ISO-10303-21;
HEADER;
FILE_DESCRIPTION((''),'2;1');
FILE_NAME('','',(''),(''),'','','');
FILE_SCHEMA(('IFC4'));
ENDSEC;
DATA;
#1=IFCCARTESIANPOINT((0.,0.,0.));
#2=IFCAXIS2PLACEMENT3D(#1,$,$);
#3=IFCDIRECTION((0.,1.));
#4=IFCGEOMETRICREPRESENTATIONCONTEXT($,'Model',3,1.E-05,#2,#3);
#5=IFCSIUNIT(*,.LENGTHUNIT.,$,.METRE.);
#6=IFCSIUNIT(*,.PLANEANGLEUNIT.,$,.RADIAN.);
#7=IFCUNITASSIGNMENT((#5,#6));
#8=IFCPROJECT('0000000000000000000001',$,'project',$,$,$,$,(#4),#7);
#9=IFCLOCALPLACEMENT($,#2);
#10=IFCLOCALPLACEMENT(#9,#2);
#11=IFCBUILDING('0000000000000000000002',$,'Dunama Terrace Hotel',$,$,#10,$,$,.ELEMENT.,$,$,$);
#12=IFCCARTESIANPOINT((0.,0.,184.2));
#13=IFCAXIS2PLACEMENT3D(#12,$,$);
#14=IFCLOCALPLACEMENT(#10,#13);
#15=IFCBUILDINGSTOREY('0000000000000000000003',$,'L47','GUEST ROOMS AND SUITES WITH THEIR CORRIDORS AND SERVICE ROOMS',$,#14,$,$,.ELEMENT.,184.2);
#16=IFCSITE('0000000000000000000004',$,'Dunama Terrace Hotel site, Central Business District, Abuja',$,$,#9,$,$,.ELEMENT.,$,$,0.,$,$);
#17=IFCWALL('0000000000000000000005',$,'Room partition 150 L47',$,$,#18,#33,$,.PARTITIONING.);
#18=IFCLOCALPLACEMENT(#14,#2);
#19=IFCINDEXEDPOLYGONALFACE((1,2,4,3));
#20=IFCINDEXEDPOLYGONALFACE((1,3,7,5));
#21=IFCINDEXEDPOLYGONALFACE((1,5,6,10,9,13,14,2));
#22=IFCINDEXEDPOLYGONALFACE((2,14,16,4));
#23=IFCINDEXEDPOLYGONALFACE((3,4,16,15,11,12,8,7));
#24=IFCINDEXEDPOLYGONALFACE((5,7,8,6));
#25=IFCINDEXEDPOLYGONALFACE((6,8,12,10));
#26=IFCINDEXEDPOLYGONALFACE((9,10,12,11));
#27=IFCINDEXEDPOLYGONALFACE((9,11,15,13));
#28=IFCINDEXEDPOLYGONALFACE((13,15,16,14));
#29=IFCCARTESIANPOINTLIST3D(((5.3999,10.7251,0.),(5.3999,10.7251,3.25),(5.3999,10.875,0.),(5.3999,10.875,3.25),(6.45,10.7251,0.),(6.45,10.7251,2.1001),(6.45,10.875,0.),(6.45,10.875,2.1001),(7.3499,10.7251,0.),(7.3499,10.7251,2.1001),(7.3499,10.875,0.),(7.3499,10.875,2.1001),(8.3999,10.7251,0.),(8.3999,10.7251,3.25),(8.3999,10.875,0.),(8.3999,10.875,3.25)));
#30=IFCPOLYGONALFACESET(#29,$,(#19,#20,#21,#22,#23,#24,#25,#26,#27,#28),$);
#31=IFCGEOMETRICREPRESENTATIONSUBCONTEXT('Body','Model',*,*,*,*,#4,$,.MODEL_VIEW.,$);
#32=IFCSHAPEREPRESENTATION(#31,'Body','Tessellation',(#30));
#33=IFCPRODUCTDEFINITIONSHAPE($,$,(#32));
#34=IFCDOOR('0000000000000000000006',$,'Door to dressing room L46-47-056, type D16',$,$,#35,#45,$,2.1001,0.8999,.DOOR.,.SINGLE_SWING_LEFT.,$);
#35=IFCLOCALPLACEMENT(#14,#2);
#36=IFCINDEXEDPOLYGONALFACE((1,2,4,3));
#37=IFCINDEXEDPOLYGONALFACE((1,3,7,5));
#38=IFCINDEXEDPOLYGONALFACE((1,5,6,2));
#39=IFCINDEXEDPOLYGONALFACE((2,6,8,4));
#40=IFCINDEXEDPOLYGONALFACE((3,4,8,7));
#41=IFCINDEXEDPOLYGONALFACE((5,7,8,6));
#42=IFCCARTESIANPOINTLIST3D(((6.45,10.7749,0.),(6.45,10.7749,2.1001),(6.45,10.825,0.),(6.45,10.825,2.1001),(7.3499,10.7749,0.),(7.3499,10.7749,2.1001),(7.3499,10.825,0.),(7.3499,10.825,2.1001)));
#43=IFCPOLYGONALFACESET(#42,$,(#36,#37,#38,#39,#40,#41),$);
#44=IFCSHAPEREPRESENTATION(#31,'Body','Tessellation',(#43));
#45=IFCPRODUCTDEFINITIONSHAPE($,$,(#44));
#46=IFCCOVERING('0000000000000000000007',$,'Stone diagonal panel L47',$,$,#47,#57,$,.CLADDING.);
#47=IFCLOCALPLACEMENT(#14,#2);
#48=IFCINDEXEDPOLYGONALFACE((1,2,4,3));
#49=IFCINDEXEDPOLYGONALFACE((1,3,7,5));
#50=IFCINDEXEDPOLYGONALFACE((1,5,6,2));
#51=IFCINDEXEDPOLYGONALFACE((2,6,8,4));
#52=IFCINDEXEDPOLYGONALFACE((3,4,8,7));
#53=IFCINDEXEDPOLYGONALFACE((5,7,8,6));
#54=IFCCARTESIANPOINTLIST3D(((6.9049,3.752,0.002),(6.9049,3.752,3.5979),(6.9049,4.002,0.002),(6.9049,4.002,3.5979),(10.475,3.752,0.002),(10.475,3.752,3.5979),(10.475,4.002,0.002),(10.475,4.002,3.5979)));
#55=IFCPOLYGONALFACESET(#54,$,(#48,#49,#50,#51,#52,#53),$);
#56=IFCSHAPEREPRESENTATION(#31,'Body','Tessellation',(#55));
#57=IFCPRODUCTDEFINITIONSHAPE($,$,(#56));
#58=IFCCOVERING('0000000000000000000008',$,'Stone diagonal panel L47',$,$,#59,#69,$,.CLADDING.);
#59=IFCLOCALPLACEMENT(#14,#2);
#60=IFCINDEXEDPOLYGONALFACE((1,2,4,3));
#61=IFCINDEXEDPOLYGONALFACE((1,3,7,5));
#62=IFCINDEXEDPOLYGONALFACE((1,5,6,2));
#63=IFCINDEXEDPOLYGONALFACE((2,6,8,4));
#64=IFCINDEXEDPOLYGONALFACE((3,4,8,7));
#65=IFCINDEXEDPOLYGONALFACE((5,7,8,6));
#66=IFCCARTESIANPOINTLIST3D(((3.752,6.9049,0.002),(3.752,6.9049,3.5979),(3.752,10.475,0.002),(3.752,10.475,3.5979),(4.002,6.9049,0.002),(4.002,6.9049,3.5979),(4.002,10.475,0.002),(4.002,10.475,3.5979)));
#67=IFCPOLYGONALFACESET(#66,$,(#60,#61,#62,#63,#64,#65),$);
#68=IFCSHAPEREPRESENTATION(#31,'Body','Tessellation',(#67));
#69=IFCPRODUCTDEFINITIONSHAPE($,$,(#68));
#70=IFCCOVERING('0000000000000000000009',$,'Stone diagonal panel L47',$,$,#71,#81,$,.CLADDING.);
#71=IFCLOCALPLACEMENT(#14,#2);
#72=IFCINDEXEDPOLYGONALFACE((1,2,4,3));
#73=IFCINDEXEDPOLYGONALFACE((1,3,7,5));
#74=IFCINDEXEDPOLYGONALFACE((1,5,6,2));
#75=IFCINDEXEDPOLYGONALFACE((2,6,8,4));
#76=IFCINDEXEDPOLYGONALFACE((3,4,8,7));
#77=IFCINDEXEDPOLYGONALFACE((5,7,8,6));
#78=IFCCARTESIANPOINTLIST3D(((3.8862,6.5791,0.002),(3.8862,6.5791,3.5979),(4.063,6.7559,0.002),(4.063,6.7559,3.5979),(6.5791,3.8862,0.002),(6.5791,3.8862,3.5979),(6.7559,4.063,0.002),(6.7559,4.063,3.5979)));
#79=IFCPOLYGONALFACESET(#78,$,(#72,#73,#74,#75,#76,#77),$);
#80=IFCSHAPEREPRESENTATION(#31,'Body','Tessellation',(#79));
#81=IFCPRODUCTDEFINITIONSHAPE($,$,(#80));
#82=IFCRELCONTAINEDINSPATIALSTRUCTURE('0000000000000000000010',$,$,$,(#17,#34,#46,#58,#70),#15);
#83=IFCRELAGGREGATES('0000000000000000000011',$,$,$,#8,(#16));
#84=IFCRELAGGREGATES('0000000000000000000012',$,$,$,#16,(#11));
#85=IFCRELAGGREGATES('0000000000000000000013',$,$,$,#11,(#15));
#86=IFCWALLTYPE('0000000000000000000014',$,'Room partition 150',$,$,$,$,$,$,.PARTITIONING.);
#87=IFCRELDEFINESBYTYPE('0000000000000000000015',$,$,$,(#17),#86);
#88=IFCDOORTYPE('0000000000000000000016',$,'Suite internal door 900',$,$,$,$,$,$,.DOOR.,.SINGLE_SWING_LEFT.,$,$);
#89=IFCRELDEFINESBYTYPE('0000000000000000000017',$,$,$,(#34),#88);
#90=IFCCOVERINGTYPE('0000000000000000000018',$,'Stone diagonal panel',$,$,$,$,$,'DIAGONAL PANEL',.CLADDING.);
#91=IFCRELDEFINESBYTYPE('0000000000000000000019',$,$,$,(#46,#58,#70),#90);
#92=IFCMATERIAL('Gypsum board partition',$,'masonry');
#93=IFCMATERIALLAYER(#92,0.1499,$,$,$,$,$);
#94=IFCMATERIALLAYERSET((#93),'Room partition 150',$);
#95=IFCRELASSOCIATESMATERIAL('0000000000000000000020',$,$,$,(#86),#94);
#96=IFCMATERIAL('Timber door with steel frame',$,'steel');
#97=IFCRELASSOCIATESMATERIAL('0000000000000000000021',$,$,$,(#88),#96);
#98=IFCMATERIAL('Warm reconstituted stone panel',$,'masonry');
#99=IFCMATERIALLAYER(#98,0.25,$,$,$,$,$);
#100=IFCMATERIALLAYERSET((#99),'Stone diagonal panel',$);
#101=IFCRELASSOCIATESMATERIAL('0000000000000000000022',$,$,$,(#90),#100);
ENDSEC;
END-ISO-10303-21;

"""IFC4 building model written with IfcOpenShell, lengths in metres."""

from ifc_helpers import new_model, si_unit, direction, frame, frame_2d, origin, origin_2d, place, context, subcontext, project, spatial, rectangle, extrude, material, layer, layer_set, type_object, element, fill, save


model = new_model("IFC4")

# Units and contexts
model_context = context("Model", 3, precision=1e-05, world=origin(), true_north=direction((0.0, 1.0)))
body_context = subcontext(model_context, "Body", "Model", "MODEL_VIEW")
ifc_project = project(units=[si_unit("LENGTHUNIT", "METRE"), si_unit("PLANEANGLEUNIT", "RADIAN")], contexts=[model_context])

# Site, building, storey
site_placement = place(None, origin())
site = spatial("IfcSite", under=ifc_project, at=site_placement, Name="Dunama Terrace Hotel site, Central Business District, Abuja", CompositionType="ELEMENT", RefElevation=0.0)
building_placement = place(site_placement, origin())
building = spatial("IfcBuilding", under=site, at=building_placement, Name="Dunama Terrace Hotel", CompositionType="ELEMENT")
storey_placement = place(building_placement, frame((0.0, 0.0, 184.2)))
storey = spatial("IfcBuildingStorey", under=building, at=storey_placement, Name="L47", Description="GUEST ROOMS AND SUITES WITH THEIR CORRIDORS AND SERVICE ROOMS", CompositionType="ELEMENT", Elevation=184.2)

# Shared definitions
ifc_material_1 = material(Name="Gypsum board partition", Category="masonry")
ifc_layer_1 = layer(ifc_material_1, 0.1499)
ifc_layer_set_1 = layer_set([ifc_layer_1], Name="Room partition 150")
wall_type = type_object("IfcWallType", Name="Room partition 150", PredefinedType="PARTITIONING", material=ifc_layer_set_1)

# Wall, opening, door
ifc_material_2 = material(Name="Timber door with steel frame", Category="steel")
door_type = type_object("IfcDoorType", Name="Suite internal door 900", OperationType="SINGLE_SWING_LEFT", PredefinedType="DOOR", material=ifc_material_2)
wall_1_placement = place(storey_placement, frame((5.3999, 10.8, 0.0), z_axis=(0.0, 0.0, 1.0), x_axis=(1.0, 0.0, 0.0)))
wall_1 = element("IfcWall", 1, at=wall_1_placement, inside=storey, type_object=wall_type, Name="Room partition 150 L47", PredefinedType="PARTITIONING", context=body_context, shape_type="SweptSolid", body=[
    extrude(rectangle(XDim=3.0, YDim=0.1499, at=frame_2d((1.5, 0.0))), origin(), (0.0, 0.0, 1.0), 3.25),
])
opening_1_placement = place(wall_1_placement, frame((1.05, 0.0, 0.0)))
opening_1 = element("IfcOpeningElement", 2, at=opening_1_placement, cuts=wall_1, PredefinedType="OPENING", context=body_context, shape_type="SweptSolid", body=[
    extrude(rectangle(XDim=0.8999, YDim=2.1001, at=frame_2d((0.45, 1.05))), frame((0.0, 0.085, 0.0), z_axis=(0.0, -1.0, 0.0), x_axis=(1.0, 0.0, 0.0)), (0.0, 0.0, 1.0), 0.1699),
])
door_1_placement = place(opening_1_placement, origin())
door_1 = element("IfcDoor", 3, at=door_1_placement, inside=storey, type_object=door_type, Name="Door to dressing room L46-47-056, type D16", OperationType="SINGLE_SWING_LEFT", OverallHeight=2.1001, OverallWidth=0.8999, PredefinedType="DOOR", context=body_context, shape_type="SweptSolid", body=[
    extrude(rectangle(XDim=0.8999, YDim=2.1001, at=frame_2d((0.45, 1.05))), frame((0.0, 0.0249, 0.0), z_axis=(0.0, -1.0, 0.0), x_axis=(1.0, 0.0, 0.0)), (0.0, 0.0, 1.0), 0.05),
])
fill(opening_1, door_1)

# Coverings
ifc_material_3 = material(Name="Warm reconstituted stone panel", Category="masonry")
ifc_layer_2 = layer(ifc_material_3, 0.25)
ifc_layer_set_2 = layer_set([ifc_layer_2], Name="Stone diagonal panel")
covering_type = type_object("IfcCoveringType", Name="Stone diagonal panel", ElementType="DIAGONAL PANEL", PredefinedType="CLADDING", material=ifc_layer_set_2)
for number, where, z_axis, x_axis, name in (
    (4, (8.6899, 3.877, 0.002), (0.0, 0.0, 1.0), (1.0, 0.0, 0.0), "Stone diagonal panel L47"),
    (5, (3.877, 8.6899, 0.002), (0.0, 0.0, 1.0), (0.0, -1.0, 0.0), "Stone diagonal panel L47"),
):
    element("IfcCovering", number, at=place(storey_placement, frame(where, z_axis=z_axis, x_axis=x_axis)), inside=storey, type_object=covering_type, Name=name, PredefinedType="CLADDING", context=body_context, shape_type="SweptSolid", body=[
        extrude(rectangle(XDim=3.5701, YDim=0.25, at=origin_2d()), origin(), (0.0, 0.0, 1.0), 3.5959),
    ])
covering_placement = place(storey_placement, frame((5.321, 5.321, 0.002), z_axis=(0.0, 0.0, 1.0), x_axis=(0.707107, -0.707107, 0.0)))
element("IfcCovering", 6, at=covering_placement, inside=storey, type_object=covering_type, Name="Stone diagonal panel L47", PredefinedType="CLADDING", context=body_context, shape_type="SweptSolid", body=[
    extrude(rectangle(XDim=3.8083, YDim=0.25, at=origin_2d()), origin(), (0.0, 0.0, 1.0), 3.5959),
])

save(model, "model.ifc")
